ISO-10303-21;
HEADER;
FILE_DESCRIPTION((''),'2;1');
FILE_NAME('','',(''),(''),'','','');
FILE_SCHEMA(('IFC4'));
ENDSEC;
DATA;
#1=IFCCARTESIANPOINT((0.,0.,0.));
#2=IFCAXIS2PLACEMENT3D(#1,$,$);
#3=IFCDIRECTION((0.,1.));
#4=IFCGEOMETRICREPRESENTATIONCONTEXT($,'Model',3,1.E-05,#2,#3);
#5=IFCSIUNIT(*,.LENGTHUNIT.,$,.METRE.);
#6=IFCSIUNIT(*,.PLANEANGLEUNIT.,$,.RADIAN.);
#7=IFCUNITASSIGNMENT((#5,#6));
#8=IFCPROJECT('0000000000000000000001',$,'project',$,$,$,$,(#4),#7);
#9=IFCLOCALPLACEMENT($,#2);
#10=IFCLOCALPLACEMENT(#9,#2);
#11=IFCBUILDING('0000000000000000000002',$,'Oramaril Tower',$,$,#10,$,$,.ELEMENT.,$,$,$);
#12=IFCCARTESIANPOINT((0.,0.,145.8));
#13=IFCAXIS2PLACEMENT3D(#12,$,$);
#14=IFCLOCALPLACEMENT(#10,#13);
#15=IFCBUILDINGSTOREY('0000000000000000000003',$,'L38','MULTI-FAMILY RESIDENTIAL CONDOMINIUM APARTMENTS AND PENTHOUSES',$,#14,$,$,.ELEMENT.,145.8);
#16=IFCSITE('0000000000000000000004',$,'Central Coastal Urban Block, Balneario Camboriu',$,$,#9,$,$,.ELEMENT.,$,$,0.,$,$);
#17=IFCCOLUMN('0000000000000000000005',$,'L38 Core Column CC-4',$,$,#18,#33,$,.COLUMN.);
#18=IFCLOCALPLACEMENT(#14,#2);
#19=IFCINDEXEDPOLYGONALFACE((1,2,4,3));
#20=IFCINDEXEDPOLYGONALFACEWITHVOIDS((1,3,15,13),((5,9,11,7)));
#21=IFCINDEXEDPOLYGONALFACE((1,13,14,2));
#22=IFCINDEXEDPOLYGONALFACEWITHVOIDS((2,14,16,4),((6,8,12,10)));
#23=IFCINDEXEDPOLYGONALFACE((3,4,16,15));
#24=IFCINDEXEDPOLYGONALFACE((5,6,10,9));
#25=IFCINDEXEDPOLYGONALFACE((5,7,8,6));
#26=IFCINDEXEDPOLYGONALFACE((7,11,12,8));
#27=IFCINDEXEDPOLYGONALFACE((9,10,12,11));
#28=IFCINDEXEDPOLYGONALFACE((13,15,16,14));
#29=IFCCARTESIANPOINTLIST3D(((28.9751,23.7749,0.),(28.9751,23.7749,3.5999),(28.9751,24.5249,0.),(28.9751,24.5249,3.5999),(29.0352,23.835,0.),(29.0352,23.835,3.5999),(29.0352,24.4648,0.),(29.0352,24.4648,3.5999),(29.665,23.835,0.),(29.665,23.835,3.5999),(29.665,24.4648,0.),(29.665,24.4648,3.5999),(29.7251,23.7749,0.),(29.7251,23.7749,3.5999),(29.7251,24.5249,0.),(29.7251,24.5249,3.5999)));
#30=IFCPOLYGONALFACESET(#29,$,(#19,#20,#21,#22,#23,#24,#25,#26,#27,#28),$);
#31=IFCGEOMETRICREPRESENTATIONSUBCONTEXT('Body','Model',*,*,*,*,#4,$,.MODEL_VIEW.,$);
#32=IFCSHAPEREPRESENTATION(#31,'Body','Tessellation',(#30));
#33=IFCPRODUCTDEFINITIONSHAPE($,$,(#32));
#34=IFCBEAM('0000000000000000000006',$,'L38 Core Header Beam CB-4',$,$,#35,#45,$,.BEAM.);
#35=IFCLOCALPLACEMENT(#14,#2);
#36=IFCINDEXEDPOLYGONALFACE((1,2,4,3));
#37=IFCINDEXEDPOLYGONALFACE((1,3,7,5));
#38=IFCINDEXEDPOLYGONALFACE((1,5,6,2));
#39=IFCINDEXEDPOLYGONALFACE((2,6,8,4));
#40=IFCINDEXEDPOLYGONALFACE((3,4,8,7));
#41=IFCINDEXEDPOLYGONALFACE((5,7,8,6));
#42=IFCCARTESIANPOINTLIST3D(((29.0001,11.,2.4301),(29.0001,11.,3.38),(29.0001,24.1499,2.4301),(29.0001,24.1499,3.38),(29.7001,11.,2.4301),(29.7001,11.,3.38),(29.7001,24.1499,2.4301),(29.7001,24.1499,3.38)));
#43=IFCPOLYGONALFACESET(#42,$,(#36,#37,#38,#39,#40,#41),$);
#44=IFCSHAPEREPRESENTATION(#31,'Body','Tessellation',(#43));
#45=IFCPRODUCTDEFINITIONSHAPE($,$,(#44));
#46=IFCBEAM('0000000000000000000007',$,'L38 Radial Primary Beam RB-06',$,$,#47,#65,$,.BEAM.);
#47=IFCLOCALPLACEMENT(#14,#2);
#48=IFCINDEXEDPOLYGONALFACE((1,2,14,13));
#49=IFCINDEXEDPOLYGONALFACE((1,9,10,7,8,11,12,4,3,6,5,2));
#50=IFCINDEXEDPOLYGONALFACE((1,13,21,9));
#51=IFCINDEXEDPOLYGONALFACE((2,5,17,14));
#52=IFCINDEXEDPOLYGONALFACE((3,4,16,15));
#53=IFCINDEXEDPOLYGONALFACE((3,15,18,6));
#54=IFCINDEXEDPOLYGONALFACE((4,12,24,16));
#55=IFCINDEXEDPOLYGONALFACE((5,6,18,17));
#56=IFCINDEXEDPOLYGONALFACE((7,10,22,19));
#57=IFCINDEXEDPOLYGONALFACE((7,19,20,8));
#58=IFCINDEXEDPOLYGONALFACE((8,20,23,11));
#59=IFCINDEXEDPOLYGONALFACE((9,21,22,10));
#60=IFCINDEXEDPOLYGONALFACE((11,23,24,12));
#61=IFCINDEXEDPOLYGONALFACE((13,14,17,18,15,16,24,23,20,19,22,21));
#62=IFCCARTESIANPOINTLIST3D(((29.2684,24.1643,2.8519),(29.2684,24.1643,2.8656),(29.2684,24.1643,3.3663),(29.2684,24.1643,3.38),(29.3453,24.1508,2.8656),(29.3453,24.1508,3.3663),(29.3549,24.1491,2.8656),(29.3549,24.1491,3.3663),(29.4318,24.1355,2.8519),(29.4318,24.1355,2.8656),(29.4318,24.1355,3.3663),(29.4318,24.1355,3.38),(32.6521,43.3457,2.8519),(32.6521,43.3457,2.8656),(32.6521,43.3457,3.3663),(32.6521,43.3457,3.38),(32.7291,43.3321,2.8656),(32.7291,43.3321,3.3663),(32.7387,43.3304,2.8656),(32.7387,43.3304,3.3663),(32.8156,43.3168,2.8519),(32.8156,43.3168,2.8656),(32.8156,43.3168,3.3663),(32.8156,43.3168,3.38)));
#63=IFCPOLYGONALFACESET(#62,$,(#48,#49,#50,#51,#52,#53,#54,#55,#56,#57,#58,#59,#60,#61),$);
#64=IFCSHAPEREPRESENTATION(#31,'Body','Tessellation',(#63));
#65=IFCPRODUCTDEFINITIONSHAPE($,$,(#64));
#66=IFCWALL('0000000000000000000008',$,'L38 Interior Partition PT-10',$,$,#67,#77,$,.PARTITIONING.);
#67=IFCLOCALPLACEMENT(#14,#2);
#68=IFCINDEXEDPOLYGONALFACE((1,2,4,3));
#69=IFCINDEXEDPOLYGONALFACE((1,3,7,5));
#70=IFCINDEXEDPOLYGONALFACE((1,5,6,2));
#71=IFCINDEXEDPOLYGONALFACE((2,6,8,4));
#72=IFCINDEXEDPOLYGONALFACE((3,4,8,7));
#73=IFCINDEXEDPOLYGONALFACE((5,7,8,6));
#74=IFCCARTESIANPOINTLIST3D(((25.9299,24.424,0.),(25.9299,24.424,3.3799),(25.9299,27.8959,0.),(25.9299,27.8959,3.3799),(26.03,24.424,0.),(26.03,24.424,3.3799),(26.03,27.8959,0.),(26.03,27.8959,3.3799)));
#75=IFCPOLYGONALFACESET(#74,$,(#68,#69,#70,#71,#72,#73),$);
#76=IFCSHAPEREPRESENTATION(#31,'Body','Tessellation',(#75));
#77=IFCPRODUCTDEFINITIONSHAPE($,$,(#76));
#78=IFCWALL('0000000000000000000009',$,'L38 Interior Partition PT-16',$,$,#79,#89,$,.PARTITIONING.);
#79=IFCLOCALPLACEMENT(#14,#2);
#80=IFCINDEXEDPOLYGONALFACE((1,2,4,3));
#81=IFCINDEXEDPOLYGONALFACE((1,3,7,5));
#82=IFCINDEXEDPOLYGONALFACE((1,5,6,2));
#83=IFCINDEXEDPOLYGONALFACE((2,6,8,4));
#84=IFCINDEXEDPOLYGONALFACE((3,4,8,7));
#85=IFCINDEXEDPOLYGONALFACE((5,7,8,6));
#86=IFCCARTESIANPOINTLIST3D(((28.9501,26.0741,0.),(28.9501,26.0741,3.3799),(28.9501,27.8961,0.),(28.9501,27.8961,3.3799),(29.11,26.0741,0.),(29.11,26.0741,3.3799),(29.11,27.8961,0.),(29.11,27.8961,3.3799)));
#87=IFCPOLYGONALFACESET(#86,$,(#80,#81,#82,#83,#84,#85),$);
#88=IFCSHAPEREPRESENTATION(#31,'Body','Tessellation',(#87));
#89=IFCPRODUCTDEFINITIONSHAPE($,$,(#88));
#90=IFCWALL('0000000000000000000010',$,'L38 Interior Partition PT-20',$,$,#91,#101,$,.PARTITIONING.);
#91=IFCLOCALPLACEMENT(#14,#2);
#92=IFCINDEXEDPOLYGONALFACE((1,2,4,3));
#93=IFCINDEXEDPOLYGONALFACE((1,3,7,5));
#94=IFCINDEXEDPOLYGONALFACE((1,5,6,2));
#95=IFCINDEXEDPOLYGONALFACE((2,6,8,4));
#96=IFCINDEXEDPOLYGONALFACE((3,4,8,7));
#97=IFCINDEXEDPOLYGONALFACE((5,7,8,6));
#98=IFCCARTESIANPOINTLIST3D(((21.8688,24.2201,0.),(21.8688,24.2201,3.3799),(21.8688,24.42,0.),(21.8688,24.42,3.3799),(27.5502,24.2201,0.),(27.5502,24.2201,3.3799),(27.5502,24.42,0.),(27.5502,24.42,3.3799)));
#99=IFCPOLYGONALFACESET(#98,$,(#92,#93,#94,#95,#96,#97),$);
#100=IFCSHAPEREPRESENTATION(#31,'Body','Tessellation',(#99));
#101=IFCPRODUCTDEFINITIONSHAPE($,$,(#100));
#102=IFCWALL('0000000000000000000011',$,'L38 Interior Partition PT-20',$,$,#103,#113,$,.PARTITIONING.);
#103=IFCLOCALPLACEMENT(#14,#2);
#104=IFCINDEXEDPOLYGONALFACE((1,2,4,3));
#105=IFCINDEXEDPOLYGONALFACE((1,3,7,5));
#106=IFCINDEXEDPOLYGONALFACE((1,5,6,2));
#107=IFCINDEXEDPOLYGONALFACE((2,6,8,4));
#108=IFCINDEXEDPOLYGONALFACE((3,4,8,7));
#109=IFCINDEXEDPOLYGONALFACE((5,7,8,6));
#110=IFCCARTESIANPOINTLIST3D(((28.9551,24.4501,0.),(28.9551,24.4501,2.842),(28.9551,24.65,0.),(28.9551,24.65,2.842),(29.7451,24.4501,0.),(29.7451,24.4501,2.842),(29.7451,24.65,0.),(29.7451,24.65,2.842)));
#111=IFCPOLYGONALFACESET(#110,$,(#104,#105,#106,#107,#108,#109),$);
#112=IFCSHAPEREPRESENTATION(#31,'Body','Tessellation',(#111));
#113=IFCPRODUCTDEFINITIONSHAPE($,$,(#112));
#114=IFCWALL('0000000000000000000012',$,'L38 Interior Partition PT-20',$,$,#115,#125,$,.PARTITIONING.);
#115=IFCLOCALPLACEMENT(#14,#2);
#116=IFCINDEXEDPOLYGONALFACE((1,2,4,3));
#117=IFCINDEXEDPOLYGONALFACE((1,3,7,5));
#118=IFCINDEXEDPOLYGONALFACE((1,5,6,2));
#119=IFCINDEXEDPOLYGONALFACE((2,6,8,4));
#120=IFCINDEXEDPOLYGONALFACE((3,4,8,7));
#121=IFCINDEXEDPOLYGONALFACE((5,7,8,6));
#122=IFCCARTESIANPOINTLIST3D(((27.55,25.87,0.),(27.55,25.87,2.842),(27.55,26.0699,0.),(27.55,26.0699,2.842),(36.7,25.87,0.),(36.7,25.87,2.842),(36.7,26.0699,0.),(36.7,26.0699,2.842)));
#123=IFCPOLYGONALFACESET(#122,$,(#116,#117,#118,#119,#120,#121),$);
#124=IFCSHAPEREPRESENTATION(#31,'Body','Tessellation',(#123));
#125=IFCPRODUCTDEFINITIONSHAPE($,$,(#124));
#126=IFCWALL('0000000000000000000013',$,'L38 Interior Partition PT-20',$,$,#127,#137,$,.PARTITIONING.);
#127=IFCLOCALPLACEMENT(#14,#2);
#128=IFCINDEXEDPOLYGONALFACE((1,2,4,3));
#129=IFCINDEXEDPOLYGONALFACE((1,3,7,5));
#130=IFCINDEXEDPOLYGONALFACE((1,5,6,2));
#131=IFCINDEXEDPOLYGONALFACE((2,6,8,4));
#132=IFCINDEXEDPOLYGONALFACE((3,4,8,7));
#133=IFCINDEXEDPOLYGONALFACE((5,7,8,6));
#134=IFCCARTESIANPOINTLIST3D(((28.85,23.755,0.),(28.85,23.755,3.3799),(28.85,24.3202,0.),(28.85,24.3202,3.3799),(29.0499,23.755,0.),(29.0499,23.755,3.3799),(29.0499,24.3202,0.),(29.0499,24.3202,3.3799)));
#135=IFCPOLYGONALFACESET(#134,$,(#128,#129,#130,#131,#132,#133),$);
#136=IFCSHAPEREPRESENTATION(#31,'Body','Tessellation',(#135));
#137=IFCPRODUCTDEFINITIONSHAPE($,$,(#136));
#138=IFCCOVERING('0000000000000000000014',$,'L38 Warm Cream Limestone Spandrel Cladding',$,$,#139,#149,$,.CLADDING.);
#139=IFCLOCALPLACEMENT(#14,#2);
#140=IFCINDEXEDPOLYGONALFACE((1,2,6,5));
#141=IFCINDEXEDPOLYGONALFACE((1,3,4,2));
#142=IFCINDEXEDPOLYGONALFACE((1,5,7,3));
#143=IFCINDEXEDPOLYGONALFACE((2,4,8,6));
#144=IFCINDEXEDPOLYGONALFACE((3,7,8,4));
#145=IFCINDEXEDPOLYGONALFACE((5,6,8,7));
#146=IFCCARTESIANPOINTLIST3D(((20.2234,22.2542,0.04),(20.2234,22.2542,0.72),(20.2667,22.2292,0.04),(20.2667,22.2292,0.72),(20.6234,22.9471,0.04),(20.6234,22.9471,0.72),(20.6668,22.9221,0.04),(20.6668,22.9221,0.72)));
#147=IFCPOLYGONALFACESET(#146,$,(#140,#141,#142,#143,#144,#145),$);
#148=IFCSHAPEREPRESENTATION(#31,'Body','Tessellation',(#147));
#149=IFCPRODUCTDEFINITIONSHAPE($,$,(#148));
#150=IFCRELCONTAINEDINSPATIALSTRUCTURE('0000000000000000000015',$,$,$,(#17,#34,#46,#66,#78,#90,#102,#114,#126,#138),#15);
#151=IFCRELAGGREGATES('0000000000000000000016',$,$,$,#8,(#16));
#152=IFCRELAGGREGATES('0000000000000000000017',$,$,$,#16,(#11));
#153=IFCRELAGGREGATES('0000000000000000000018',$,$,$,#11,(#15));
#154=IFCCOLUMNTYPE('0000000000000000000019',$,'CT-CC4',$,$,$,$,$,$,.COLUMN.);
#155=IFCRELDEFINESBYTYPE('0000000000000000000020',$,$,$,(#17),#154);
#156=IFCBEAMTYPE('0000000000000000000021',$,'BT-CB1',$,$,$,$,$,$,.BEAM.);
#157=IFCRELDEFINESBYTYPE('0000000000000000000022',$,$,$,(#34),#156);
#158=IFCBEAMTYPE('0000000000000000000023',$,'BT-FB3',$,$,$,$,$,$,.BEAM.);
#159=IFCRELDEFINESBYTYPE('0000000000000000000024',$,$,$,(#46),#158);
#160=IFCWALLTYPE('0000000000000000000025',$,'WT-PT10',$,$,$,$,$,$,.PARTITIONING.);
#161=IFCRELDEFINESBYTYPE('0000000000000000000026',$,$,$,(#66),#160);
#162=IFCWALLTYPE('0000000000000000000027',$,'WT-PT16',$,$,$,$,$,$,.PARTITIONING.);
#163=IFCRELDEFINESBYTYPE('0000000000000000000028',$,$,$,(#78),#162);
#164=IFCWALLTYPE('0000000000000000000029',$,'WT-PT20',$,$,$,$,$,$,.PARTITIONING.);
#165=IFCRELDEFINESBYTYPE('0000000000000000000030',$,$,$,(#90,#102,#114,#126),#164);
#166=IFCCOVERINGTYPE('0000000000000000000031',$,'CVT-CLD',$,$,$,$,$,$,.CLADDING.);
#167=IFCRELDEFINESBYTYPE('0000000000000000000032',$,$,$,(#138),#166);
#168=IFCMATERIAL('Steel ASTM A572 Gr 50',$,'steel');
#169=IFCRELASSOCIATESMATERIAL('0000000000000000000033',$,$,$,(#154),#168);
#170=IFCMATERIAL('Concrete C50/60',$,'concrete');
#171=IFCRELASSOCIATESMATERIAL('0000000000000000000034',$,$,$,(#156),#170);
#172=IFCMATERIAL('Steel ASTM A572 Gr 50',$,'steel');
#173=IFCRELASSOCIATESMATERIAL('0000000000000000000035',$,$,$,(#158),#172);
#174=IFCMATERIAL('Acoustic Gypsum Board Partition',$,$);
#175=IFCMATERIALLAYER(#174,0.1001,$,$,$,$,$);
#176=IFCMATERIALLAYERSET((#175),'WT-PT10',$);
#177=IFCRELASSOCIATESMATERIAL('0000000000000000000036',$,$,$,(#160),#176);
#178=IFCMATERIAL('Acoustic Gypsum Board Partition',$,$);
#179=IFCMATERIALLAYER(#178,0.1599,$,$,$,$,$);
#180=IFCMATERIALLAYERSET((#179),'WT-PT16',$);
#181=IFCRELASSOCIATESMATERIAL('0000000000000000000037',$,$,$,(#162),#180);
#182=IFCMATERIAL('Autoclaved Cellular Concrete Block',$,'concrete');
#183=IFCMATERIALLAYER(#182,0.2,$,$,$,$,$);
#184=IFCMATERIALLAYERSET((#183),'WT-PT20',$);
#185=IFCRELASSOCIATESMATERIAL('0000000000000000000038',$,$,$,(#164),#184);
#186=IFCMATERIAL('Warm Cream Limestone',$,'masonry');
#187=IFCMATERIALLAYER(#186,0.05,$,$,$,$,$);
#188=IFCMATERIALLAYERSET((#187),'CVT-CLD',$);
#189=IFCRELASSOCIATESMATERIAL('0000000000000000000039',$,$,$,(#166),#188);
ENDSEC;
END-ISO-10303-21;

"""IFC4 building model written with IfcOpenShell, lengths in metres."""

from ifc_helpers import new_model, si_unit, direction, frame, frame_2d, origin, origin_2d, place, context, subcontext, project, spatial, rectangle, hollow_rectangle, i_section, extrude, material, layer, layer_set, material_profile, profile_set, type_object, element, save


model = new_model("IFC4")

# Units and contexts
model_context = context("Model", 3, precision=1e-05, world=origin(), true_north=direction((0.0, 1.0)))
body_context = subcontext(model_context, "Body", "Model", "MODEL_VIEW")
ifc_project = project(units=[si_unit("LENGTHUNIT", "METRE"), si_unit("PLANEANGLEUNIT", "RADIAN")], contexts=[model_context])

# Site, building, storey
site_placement = place(None, origin())
site = spatial("IfcSite", under=ifc_project, at=site_placement, Name="Central Coastal Urban Block, Balneario Camboriu", CompositionType="ELEMENT", RefElevation=0.0)
building_placement = place(site_placement, origin())
building = spatial("IfcBuilding", under=site, at=building_placement, Name="Oramaril Tower", CompositionType="ELEMENT")
storey_placement = place(building_placement, frame((0.0, 0.0, 145.8)))
storey = spatial("IfcBuildingStorey", under=building, at=storey_placement, Name="L38", Description="MULTI-FAMILY RESIDENTIAL CONDOMINIUM APARTMENTS AND PENTHOUSES", CompositionType="ELEMENT", Elevation=145.8)

# Column
ifc_material_1 = material(Name="Steel ASTM A572 Gr 50", Category="steel")
ifc_material_profile_1 = material_profile(ifc_material_1, hollow_rectangle(XDim=0.75, YDim=0.75, WallThickness=0.0601, at=origin_2d()), Name="BOX750X750X60")
ifc_profile_set_1 = profile_set([ifc_material_profile_1], Name="Steel ASTM A572 Gr 50")
column_type = type_object("IfcColumnType", Name="CT-CC4", PredefinedType="COLUMN", material=ifc_profile_set_1)
column_placement = place(storey_placement, frame((29.3501, 24.1499, 0.0), z_axis=(0.0, 0.0, 1.0), x_axis=(1.0, 0.0, 0.0)))
element("IfcColumn", 1, at=column_placement, inside=storey, type_object=column_type, Name="L38 Core Column CC-4", PredefinedType="COLUMN", context=body_context, shape_type="SweptSolid", body=[
    extrude(hollow_rectangle(XDim=0.75, YDim=0.75, WallThickness=0.0601, at=origin_2d()), origin(), (0.0, 0.0, 1.0), 3.5999),
])

# Beams
ifc_material_2 = material(Name="Concrete C50/60", Category="concrete")
ifc_material_profile_2 = material_profile(ifc_material_2, rectangle(XDim=0.7, YDim=0.95, at=origin_2d()), Name="CB700X950")
ifc_profile_set_2 = profile_set([ifc_material_profile_2], Name="Concrete C50/60")
beam_type_1 = type_object("IfcBeamType", Name="BT-CB1", PredefinedType="BEAM", material=ifc_profile_set_2)
beam_1_placement = place(storey_placement, frame((29.3501, 24.1499, 2.905), z_axis=(0.0, -1.0, 0.0), x_axis=(1.0, 0.0, 0.0)))
element("IfcBeam", 2, at=beam_1_placement, inside=storey, type_object=beam_type_1, Name="L38 Core Header Beam CB-4", PredefinedType="BEAM", context=body_context, shape_type="SweptSolid", body=[
    extrude(rectangle(XDim=0.7, YDim=0.95, at=origin_2d()), origin(), (0.0, 0.0, 1.0), 13.1499),
])
ifc_material_3 = material(Name="Steel ASTM A572 Gr 50", Category="steel")
ifc_material_profile_3 = material_profile(ifc_material_3, i_section(OverallWidth=0.166, OverallDepth=0.5281, WebThickness=0.0098, FlangeThickness=0.0137, at=origin_2d()), Name="W21X50")
ifc_profile_set_3 = profile_set([ifc_material_profile_3], Name="Steel ASTM A572 Gr 50")
beam_type_2 = type_object("IfcBeamType", Name="BT-FB3", PredefinedType="BEAM", material=ifc_profile_set_3)
beam_2_placement = place(storey_placement, frame((29.3501, 24.1499, 3.116), z_axis=(0.173727, 0.984794, 0.0), x_axis=(-0.984794, 0.173727, 0.0)))
element("IfcBeam", 3, at=beam_2_placement, inside=storey, type_object=beam_type_2, Name="L38 Radial Primary Beam RB-06", PredefinedType="BEAM", context=body_context, shape_type="SweptSolid", body=[
    extrude(i_section(OverallWidth=0.166, OverallDepth=0.5281, WebThickness=0.0098, FlangeThickness=0.0137, at=origin_2d()), origin(), (0.0, 0.0, 1.0), 19.4775),
])

# Wall
ifc_material_4 = material(Name="Acoustic Gypsum Board Partition")
ifc_layer_1 = layer(ifc_material_4, 0.1001)
ifc_layer_set_1 = layer_set([ifc_layer_1], Name="WT-PT10")
wall_type_1 = type_object("IfcWallType", Name="WT-PT10", PredefinedType="PARTITIONING", material=ifc_layer_set_1)
wall_1_placement = place(storey_placement, frame((25.98, 24.4241, 0.0), z_axis=(0.0, 0.0, 1.0), x_axis=(0.0, 1.0, 0.0)))
element("IfcWall", 4, at=wall_1_placement, inside=storey, type_object=wall_type_1, Name="L38 Interior Partition PT-10", PredefinedType="PARTITIONING", context=body_context, shape_type="SweptSolid", body=[
    extrude(rectangle(XDim=3.4719, YDim=0.1001, at=frame_2d((1.7358, 0.0))), origin(), (0.0, 0.0, 1.0), 3.3799),
])

# Walls
ifc_material_5 = material(Name="Acoustic Gypsum Board Partition")
ifc_layer_2 = layer(ifc_material_5, 0.1599)
ifc_layer_set_2 = layer_set([ifc_layer_2], Name="WT-PT16")
wall_type_2 = type_object("IfcWallType", Name="WT-PT16", PredefinedType="PARTITIONING", material=ifc_layer_set_2)
wall_2_placement = place(storey_placement, frame((29.03, 26.074, 0.0), z_axis=(0.0, 0.0, 1.0), x_axis=(0.0, 1.0, 0.0)))
element("IfcWall", 5, at=wall_2_placement, inside=storey, type_object=wall_type_2, Name="L38 Interior Partition PT-16", PredefinedType="PARTITIONING", context=body_context, shape_type="SweptSolid", body=[
    extrude(rectangle(XDim=1.822, YDim=0.1599, at=frame_2d((0.9111, 0.0))), origin(), (0.0, 0.0, 1.0), 3.3799),
])
ifc_material_6 = material(Name="Autoclaved Cellular Concrete Block", Category="concrete")
ifc_layer_3 = layer(ifc_material_6, 0.2)
ifc_layer_set_3 = layer_set([ifc_layer_3], Name="WT-PT20")
wall_type_3 = type_object("IfcWallType", Name="WT-PT20", PredefinedType="PARTITIONING", material=ifc_layer_set_3)
wall_3_placement = place(storey_placement, frame((21.8687, 24.3201, 0.0), z_axis=(0.0, 0.0, 1.0), x_axis=(1.0, 0.0, 0.0)))
element("IfcWall", 6, at=wall_3_placement, inside=storey, type_object=wall_type_3, Name="L38 Interior Partition PT-20", PredefinedType="PARTITIONING", context=body_context, shape_type="SweptSolid", body=[
    extrude(rectangle(XDim=5.6814, YDim=0.2, at=frame_2d((2.8408, 0.0))), origin(), (0.0, 0.0, 1.0), 3.3799),
])
wall_4_placement = place(storey_placement, frame((28.9551, 24.55, 0.0), z_axis=(0.0, 0.0, 1.0), x_axis=(1.0, 0.0, 0.0)))
element("IfcWall", 7, at=wall_4_placement, inside=storey, type_object=wall_type_3, Name="L38 Interior Partition PT-20", PredefinedType="PARTITIONING", context=body_context, shape_type="SweptSolid", body=[
    extrude(rectangle(XDim=0.79, YDim=0.2, at=frame_2d((0.395, 0.0))), origin(), (0.0, 0.0, 1.0), 2.842),
])
wall_5_placement = place(storey_placement, frame((27.55, 25.97, 0.0), z_axis=(0.0, 0.0, 1.0), x_axis=(1.0, 0.0, 0.0)))
element("IfcWall", 8, at=wall_5_placement, inside=storey, type_object=wall_type_3, Name="L38 Interior Partition PT-20", PredefinedType="PARTITIONING", context=body_context, shape_type="SweptSolid", body=[
    extrude(rectangle(XDim=9.1499, YDim=0.2, at=frame_2d((4.575, 0.0))), origin(), (0.0, 0.0, 1.0), 2.842),
])
wall_6_placement = place(storey_placement, frame((28.95, 23.7549, 0.0), z_axis=(0.0, 0.0, 1.0), x_axis=(0.0, 1.0, 0.0)))
element("IfcWall", 9, at=wall_6_placement, inside=storey, type_object=wall_type_3, Name="L38 Interior Partition PT-20", PredefinedType="PARTITIONING", context=body_context, shape_type="SweptSolid", body=[
    extrude(rectangle(XDim=0.5652, YDim=0.2, at=frame_2d((0.2827, 0.0))), origin(), (0.0, 0.0, 1.0), 3.3799),
])

# Covering
ifc_material_7 = material(Name="Warm Cream Limestone", Category="masonry")
ifc_layer_4 = layer(ifc_material_7, 0.05)
ifc_layer_set_4 = layer_set([ifc_layer_4], Name="CVT-CLD")
covering_type = type_object("IfcCoveringType", Name="CVT-CLD", PredefinedType="CLADDING", material=ifc_layer_set_4)
covering_placement = place(storey_placement, frame((20.4451, 22.5881, 0.04), z_axis=(0.0, 0.0, 1.0), x_axis=(-0.499998, -0.866026, 0.0)))
element("IfcCovering", 10, at=covering_placement, inside=storey, type_object=covering_type, Name="L38 Warm Cream Limestone Spandrel Cladding", PredefinedType="CLADDING", context=body_context, shape_type="SweptSolid", body=[
    extrude(rectangle(XDim=0.8, YDim=0.05, at=origin_2d()), origin(), (0.0, 0.0, 1.0), 0.6799),
])

save(model, "model.ifc")
